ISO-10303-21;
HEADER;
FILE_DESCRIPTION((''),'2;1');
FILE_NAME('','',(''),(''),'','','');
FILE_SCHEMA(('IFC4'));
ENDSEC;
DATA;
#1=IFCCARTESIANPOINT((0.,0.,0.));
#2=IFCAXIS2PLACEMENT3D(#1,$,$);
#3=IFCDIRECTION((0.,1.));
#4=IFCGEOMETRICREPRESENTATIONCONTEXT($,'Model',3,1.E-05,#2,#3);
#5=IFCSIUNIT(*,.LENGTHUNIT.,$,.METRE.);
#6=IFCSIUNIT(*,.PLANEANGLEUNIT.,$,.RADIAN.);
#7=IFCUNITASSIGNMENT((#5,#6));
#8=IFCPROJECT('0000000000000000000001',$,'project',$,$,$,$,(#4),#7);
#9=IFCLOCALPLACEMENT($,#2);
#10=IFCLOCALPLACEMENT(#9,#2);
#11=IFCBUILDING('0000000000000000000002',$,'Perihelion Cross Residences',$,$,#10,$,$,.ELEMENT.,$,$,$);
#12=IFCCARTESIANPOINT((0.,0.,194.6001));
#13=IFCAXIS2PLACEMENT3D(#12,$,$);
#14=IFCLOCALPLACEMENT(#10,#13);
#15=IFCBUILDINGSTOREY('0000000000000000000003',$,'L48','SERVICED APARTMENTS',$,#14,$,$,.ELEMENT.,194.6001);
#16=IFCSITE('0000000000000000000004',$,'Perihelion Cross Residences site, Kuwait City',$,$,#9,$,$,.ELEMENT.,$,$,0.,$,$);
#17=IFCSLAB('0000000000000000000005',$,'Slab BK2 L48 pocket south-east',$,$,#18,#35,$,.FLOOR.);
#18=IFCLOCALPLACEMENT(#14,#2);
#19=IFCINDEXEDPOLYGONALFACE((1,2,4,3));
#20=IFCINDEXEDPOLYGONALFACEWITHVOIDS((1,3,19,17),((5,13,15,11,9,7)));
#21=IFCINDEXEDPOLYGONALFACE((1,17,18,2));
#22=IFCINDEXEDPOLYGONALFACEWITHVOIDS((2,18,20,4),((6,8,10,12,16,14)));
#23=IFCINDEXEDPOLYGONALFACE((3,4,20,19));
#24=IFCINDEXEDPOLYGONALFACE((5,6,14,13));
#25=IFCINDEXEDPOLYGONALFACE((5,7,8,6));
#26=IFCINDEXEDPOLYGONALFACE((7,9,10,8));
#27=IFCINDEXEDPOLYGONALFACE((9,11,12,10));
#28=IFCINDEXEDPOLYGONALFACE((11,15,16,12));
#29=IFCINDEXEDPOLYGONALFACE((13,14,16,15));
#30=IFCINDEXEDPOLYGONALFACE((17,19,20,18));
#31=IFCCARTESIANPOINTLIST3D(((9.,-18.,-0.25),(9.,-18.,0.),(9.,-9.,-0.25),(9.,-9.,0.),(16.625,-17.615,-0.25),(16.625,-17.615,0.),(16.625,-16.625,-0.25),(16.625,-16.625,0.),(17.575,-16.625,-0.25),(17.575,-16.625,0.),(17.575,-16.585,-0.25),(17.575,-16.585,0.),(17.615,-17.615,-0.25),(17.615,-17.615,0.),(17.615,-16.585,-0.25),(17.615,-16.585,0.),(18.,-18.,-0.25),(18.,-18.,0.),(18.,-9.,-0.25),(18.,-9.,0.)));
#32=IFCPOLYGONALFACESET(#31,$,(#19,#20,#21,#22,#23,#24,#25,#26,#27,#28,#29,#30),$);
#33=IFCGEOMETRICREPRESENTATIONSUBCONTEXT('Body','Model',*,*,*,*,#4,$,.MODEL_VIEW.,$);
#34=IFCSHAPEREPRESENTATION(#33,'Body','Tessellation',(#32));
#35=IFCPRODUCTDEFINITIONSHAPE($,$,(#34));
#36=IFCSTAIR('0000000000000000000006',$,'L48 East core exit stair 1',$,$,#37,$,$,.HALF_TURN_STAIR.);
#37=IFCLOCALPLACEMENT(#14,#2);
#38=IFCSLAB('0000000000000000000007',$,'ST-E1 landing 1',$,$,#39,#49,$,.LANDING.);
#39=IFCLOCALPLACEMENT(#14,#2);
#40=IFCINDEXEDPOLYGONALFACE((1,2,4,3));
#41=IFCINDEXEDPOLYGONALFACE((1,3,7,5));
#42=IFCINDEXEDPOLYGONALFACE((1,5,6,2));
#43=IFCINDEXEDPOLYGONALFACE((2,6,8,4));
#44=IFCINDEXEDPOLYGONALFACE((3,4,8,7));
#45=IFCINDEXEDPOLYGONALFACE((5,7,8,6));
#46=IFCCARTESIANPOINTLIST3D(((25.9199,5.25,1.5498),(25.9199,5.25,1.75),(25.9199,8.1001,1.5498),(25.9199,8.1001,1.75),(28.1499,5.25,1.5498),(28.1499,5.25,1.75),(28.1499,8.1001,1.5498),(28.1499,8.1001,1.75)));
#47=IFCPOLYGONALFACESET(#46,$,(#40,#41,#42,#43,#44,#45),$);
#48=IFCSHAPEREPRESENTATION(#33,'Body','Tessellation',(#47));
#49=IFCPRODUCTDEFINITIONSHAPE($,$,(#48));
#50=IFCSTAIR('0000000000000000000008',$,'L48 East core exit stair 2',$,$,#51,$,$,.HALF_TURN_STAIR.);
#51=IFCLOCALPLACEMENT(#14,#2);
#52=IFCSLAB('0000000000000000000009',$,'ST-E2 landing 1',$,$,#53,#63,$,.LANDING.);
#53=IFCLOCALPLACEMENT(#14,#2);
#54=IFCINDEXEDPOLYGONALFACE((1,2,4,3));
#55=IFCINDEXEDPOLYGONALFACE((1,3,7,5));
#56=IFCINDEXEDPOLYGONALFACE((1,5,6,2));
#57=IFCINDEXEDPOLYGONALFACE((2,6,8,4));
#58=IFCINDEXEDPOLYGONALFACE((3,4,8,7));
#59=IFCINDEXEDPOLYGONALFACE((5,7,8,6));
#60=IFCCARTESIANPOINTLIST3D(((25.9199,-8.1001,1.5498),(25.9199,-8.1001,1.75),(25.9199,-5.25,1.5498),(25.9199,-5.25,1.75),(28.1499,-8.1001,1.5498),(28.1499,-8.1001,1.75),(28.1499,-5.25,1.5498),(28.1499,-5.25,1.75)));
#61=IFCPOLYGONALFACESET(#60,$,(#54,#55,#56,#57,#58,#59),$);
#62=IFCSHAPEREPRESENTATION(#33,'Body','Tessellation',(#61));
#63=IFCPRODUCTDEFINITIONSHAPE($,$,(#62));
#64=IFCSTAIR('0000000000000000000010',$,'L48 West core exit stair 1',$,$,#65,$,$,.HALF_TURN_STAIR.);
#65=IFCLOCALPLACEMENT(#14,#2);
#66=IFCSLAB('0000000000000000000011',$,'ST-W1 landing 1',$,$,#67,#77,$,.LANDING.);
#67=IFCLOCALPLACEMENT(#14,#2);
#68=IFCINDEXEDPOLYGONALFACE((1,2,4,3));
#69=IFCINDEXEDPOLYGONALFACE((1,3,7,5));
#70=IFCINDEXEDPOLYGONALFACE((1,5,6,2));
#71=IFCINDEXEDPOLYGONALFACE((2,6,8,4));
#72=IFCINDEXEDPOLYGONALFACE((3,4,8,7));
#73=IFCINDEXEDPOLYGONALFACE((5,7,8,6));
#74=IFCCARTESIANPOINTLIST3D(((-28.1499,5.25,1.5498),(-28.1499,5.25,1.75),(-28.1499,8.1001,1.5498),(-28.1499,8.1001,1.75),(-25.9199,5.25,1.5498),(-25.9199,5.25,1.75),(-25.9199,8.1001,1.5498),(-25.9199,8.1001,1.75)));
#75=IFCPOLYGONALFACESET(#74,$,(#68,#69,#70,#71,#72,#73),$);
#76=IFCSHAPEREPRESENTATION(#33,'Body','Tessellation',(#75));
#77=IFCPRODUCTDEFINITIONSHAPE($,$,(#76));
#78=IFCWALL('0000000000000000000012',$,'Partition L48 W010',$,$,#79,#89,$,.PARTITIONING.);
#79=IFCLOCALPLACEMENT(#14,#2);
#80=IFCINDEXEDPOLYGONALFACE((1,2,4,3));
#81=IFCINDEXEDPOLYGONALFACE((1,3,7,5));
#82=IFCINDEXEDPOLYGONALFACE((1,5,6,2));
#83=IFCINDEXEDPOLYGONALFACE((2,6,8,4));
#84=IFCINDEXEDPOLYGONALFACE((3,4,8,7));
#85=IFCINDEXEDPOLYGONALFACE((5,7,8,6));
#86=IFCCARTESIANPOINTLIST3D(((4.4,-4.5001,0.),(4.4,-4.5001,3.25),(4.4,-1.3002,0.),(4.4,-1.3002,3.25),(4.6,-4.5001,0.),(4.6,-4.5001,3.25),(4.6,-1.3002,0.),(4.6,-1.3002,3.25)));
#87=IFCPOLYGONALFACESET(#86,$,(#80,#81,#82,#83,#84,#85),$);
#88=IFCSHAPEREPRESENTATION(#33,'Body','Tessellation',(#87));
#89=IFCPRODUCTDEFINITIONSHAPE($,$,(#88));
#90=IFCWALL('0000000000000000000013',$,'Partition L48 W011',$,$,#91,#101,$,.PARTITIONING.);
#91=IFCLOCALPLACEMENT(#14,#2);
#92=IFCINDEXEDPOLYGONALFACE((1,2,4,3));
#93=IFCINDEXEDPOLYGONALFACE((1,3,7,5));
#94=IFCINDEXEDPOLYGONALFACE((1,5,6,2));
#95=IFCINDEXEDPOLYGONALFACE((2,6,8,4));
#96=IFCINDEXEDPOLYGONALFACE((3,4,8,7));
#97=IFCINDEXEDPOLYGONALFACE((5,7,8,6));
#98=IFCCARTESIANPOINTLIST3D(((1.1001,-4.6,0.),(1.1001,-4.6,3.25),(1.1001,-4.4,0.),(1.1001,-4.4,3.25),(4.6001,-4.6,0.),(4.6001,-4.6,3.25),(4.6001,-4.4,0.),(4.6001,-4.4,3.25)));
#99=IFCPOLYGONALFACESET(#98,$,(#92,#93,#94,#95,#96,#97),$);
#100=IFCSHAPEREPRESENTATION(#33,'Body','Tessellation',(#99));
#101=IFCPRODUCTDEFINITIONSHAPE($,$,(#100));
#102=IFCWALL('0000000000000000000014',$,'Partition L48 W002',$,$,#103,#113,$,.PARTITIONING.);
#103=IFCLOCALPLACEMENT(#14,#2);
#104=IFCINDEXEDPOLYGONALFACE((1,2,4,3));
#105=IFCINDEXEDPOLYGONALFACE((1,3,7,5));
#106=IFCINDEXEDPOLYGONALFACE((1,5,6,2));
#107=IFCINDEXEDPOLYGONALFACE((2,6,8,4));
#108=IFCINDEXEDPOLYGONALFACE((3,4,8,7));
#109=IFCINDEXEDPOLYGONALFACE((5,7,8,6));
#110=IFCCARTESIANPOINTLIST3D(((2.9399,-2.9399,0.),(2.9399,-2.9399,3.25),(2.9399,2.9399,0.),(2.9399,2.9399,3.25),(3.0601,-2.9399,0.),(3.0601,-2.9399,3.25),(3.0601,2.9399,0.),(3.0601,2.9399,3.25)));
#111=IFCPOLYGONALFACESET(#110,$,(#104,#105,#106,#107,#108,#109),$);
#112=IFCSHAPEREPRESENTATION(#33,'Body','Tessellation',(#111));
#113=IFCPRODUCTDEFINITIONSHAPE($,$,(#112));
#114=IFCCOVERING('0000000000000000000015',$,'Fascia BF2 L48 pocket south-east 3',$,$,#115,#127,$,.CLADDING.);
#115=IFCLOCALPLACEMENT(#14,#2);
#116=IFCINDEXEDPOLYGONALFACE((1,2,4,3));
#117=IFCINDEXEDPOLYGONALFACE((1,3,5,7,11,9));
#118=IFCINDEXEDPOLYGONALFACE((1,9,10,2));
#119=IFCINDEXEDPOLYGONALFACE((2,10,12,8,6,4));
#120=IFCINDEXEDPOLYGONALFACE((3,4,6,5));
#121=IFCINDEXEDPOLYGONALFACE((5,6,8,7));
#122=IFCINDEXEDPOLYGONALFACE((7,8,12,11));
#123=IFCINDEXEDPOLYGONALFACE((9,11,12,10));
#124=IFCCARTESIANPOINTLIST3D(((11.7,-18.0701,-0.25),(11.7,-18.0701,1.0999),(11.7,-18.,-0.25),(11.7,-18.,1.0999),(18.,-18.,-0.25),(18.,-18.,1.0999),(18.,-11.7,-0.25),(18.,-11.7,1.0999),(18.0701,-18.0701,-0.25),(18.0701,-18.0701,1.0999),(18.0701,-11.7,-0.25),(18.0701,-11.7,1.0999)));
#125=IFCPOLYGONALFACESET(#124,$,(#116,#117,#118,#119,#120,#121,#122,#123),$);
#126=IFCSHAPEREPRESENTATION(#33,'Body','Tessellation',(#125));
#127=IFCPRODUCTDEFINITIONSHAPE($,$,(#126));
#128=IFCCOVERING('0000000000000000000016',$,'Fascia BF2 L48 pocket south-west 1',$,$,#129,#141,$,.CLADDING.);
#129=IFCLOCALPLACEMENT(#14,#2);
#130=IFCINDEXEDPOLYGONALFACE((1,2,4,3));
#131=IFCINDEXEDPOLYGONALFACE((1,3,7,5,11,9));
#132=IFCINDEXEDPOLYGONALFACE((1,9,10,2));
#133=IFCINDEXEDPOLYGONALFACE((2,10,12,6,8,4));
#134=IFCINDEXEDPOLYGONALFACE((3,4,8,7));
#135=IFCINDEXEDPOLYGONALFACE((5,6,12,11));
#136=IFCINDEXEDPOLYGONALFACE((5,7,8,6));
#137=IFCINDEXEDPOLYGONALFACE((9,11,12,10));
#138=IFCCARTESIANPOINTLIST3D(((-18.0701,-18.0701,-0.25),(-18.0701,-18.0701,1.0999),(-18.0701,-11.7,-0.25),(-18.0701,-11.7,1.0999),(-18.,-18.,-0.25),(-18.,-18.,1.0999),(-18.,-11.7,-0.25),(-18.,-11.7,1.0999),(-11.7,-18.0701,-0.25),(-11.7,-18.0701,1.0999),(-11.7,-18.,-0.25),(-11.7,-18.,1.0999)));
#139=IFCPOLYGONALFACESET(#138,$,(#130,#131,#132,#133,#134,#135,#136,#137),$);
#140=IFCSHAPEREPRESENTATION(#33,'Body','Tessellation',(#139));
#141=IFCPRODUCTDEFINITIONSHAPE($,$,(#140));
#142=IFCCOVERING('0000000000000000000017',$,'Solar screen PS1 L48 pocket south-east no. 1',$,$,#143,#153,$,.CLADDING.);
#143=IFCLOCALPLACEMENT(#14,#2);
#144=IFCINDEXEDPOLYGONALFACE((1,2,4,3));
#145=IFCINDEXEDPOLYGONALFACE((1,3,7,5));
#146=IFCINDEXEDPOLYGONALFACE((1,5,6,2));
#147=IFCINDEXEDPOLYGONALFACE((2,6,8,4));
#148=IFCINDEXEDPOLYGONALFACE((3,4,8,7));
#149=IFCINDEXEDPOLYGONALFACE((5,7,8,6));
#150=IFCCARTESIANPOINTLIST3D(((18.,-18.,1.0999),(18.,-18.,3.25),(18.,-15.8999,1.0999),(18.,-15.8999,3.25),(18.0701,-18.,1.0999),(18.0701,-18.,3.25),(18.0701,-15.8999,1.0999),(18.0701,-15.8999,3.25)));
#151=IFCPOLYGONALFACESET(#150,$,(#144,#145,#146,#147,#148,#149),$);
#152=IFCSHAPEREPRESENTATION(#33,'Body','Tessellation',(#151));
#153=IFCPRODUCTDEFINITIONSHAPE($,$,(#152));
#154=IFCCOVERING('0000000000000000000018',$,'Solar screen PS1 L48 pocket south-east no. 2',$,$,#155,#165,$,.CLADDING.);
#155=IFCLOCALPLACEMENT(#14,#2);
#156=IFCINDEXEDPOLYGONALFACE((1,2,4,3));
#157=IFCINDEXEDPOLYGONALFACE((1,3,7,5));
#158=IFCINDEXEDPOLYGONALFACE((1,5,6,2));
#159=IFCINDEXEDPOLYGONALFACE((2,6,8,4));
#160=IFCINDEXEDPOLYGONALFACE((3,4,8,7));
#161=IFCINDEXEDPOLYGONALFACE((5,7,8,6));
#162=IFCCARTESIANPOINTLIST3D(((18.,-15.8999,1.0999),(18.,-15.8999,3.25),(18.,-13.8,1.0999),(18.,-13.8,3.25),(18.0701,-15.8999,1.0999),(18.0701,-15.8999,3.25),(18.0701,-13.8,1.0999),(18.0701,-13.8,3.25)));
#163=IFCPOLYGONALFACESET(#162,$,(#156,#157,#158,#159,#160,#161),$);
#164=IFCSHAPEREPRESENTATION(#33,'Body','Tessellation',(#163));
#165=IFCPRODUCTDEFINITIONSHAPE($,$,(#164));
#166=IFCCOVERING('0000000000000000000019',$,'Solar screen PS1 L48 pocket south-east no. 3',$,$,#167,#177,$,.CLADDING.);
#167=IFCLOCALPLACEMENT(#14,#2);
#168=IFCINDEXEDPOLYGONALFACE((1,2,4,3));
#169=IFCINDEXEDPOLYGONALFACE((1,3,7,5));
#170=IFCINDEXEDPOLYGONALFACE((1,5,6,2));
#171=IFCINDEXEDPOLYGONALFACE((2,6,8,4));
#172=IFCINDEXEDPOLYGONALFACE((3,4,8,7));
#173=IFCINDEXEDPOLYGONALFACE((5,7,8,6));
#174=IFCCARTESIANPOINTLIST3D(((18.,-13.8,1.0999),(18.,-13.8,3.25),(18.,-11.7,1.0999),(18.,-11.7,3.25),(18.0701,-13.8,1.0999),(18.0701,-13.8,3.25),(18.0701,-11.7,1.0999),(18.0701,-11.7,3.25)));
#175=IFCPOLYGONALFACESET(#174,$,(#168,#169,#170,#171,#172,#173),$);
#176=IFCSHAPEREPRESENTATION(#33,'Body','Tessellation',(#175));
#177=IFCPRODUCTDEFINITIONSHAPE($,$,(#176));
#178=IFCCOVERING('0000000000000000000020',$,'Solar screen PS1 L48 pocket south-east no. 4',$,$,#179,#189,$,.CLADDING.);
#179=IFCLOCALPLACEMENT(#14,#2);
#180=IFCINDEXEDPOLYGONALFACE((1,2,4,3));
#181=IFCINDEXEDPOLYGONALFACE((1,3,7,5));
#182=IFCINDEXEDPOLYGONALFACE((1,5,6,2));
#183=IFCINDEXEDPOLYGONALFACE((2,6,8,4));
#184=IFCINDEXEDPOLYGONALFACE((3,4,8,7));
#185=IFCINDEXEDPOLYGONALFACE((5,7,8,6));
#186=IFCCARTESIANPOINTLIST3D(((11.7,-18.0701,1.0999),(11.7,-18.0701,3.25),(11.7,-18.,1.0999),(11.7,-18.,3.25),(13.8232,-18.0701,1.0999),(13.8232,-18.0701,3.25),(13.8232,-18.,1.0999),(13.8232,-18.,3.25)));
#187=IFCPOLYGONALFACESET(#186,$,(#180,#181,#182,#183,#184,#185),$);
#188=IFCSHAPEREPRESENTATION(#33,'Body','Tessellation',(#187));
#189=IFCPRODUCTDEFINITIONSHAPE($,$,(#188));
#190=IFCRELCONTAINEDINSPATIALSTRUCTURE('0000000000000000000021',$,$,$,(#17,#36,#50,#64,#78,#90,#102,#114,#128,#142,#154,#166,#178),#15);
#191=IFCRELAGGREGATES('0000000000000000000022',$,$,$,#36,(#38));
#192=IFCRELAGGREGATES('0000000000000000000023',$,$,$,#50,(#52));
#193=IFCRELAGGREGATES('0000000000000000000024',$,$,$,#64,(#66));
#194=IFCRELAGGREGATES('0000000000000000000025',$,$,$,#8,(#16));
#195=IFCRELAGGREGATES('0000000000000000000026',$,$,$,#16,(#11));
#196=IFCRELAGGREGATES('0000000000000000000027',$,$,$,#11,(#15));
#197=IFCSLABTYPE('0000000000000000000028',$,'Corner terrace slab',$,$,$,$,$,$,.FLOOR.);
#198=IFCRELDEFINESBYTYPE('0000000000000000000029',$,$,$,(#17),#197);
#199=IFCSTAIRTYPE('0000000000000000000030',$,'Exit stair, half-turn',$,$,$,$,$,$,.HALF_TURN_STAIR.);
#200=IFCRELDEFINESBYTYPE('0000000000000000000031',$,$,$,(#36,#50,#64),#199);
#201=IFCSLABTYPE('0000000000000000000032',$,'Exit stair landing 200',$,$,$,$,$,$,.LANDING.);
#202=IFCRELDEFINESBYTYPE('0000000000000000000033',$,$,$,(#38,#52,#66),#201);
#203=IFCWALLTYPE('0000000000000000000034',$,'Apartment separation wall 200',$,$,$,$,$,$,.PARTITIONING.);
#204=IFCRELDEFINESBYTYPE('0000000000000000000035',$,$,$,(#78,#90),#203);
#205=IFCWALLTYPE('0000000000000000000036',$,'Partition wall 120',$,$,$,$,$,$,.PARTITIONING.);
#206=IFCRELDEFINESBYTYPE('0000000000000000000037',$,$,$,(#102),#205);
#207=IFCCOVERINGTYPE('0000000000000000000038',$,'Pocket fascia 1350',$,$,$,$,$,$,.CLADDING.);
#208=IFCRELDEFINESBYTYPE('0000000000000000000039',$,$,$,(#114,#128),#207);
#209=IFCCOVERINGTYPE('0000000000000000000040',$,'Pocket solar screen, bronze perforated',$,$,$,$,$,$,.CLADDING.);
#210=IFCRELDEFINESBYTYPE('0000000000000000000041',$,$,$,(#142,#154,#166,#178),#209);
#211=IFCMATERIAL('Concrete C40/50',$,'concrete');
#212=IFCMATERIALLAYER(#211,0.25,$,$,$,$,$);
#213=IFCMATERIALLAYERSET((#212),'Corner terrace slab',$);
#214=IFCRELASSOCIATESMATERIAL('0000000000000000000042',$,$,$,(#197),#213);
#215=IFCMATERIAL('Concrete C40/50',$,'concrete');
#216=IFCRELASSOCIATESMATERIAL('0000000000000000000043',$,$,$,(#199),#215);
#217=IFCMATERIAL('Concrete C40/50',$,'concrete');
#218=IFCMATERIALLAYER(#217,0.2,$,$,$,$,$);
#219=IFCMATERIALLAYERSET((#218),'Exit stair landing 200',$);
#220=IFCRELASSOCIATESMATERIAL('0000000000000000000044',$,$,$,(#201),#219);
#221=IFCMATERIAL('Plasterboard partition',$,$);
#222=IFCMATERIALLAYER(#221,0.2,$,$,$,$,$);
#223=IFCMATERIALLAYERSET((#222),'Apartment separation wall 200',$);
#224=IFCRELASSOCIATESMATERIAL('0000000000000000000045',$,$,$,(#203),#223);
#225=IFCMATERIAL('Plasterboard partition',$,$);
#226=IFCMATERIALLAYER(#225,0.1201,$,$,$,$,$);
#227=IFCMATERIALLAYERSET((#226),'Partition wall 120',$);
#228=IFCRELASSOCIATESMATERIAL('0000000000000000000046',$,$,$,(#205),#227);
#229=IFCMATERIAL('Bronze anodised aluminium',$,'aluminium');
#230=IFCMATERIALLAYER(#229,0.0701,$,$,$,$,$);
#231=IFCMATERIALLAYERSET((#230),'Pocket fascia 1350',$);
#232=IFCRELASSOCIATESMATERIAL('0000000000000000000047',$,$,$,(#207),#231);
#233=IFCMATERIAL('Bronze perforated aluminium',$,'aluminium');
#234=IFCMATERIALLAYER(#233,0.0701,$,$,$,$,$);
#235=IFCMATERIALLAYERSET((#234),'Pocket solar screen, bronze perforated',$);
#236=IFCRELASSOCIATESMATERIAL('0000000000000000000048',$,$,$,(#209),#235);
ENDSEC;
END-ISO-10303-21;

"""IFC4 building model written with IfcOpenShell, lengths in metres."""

from ifc_helpers import new_model, si_unit, direction, frame, frame_2d, origin, place, context, subcontext, project, spatial, polyline, rectangle, outline, extrude, material, layer, layer_set, type_object, element, aggregate, save


model = new_model("IFC4")

# Units and contexts
model_context = context("Model", 3, precision=1e-05, world=origin(), true_north=direction((0.0, 1.0)))
body_context = subcontext(model_context, "Body", "Model", "MODEL_VIEW")
ifc_project = project(units=[si_unit("LENGTHUNIT", "METRE"), si_unit("PLANEANGLEUNIT", "RADIAN")], contexts=[model_context])

# Site, building, storey
site_placement = place(None, origin())
site = spatial("IfcSite", under=ifc_project, at=site_placement, Name="Perihelion Cross Residences site, Kuwait City", CompositionType="ELEMENT", RefElevation=0.0)
building_placement = place(site_placement, origin())
building = spatial("IfcBuilding", under=site, at=building_placement, Name="Perihelion Cross Residences", CompositionType="ELEMENT")
storey_placement = place(building_placement, frame((0.0, 0.0, 194.6001)))
storey = spatial("IfcBuildingStorey", under=building, at=storey_placement, Name="L48", Description="SERVICED APARTMENTS", CompositionType="ELEMENT", Elevation=194.6001)

# Slab
ifc_material_1 = material(Name="Concrete C40/50", Category="concrete")
ifc_layer_1 = layer(ifc_material_1, 0.25)
ifc_layer_set_1 = layer_set([ifc_layer_1], Name="Corner terrace slab")
slab_type_1 = type_object("IfcSlabType", Name="Corner terrace slab", PredefinedType="FLOOR", material=ifc_layer_set_1)
slab_1_placement = place(storey_placement, frame((0.0, 0.0, -0.25)))
element("IfcSlab", 1, at=slab_1_placement, inside=storey, type_object=slab_type_1, Name="Slab BK2 L48 pocket south-east", PredefinedType="FLOOR", context=body_context, shape_type="SweptSolid", body=[
    extrude(outline(polyline([(18.0, -18.0), (18.0, -9.0), (9.0, -9.0), (9.0, -18.0), (18.0, -18.0)]), holes=[polyline([(16.625, -17.615), (16.625, -16.625), (17.575, -16.625), (17.575, -16.585), (17.615, -16.585), (17.615, -17.615), (16.625, -17.615)])]), origin(), (0.0, 0.0, 1.0), 0.25),
])

# Stairs, slabs
ifc_material_2 = material(Name="Concrete C40/50", Category="concrete")
stair_type = type_object("IfcStairType", Name="Exit stair, half-turn", PredefinedType="HALF_TURN_STAIR", material=ifc_material_2)
stair_1_placement = place(storey_placement, origin())
stair_1 = element("IfcStair", 2, at=stair_1_placement, inside=storey, type_object=stair_type, Name="L48 East core exit stair 1", PredefinedType="HALF_TURN_STAIR")
ifc_material_3 = material(Name="Concrete C40/50", Category="concrete")
ifc_layer_2 = layer(ifc_material_3, 0.2)
ifc_layer_set_2 = layer_set([ifc_layer_2], Name="Exit stair landing 200")
slab_type_2 = type_object("IfcSlabType", Name="Exit stair landing 200", PredefinedType="LANDING", material=ifc_layer_set_2)
slab_2_placement = place(storey_placement, frame((0.0, 0.0, 1.5498)))
slab_2 = element("IfcSlab", 3, at=slab_2_placement, type_object=slab_type_2, Name="ST-E1 landing 1", PredefinedType="LANDING", context=body_context, shape_type="SweptSolid", body=[
    extrude(outline(polyline([(25.9199, 5.25), (28.1499, 5.25), (28.1499, 8.1001), (25.9199, 8.1001), (25.9199, 5.25)])), origin(), (0.0, 0.0, 1.0), 0.2002),
])
aggregate(stair_1, [slab_2])
stair_2_placement = place(storey_placement, origin())
stair_2 = element("IfcStair", 4, at=stair_2_placement, inside=storey, type_object=stair_type, Name="L48 East core exit stair 2", PredefinedType="HALF_TURN_STAIR")
slab_3_placement = place(storey_placement, frame((0.0, 0.0, 1.5498)))
slab_3 = element("IfcSlab", 5, at=slab_3_placement, type_object=slab_type_2, Name="ST-E2 landing 1", PredefinedType="LANDING", context=body_context, shape_type="SweptSolid", body=[
    extrude(outline(polyline([(25.9199, -8.1001), (28.1499, -8.1001), (28.1499, -5.25), (25.9199, -5.25), (25.9199, -8.1001)])), origin(), (0.0, 0.0, 1.0), 0.2002),
])
aggregate(stair_2, [slab_3])
stair_3_placement = place(storey_placement, origin())
stair_3 = element("IfcStair", 6, at=stair_3_placement, inside=storey, type_object=stair_type, Name="L48 West core exit stair 1", PredefinedType="HALF_TURN_STAIR")
slab_4_placement = place(storey_placement, frame((0.0, 0.0, 1.5498)))
slab_4 = element("IfcSlab", 7, at=slab_4_placement, type_object=slab_type_2, Name="ST-W1 landing 1", PredefinedType="LANDING", context=body_context, shape_type="SweptSolid", body=[
    extrude(outline(polyline([(-25.9199, 8.1001), (-28.1499, 8.1001), (-28.1499, 5.25), (-25.9199, 5.25), (-25.9199, 8.1001)])), origin(), (0.0, 0.0, 1.0), 0.2002),
])
aggregate(stair_3, [slab_4])

# Walls
ifc_material_4 = material(Name="Plasterboard partition")
ifc_layer_3 = layer(ifc_material_4, 0.2)
ifc_layer_set_3 = layer_set([ifc_layer_3], Name="Apartment separation wall 200")
wall_type_1 = type_object("IfcWallType", Name="Apartment separation wall 200", PredefinedType="PARTITIONING", material=ifc_layer_set_3)
wall_1_placement = place(storey_placement, frame((4.5, -1.3, 0.0), z_axis=(0.0, 0.0, 1.0), x_axis=(0.0, -1.0, 0.0)))
element("IfcWall", 8, at=wall_1_placement, inside=storey, type_object=wall_type_1, Name="Partition L48 W010", PredefinedType="PARTITIONING", context=body_context, shape_type="SweptSolid", body=[
    extrude(rectangle(XDim=3.2, YDim=0.2, at=frame_2d((1.6001, 0.0))), origin(), (0.0, 0.0, 1.0), 3.25),
])
wall_2_placement = place(storey_placement, frame((4.6001, -4.5, 0.0), z_axis=(0.0, 0.0, 1.0), x_axis=(-1.0, 0.0, 0.0)))
element("IfcWall", 9, at=wall_2_placement, inside=storey, type_object=wall_type_1, Name="Partition L48 W011", PredefinedType="PARTITIONING", context=body_context, shape_type="SweptSolid", body=[
    extrude(rectangle(XDim=3.5, YDim=0.2, at=frame_2d((1.75, 0.0))), origin(), (0.0, 0.0, 1.0), 3.25),
])
ifc_material_5 = material(Name="Plasterboard partition")
ifc_layer_4 = layer(ifc_material_5, 0.1201)
ifc_layer_set_4 = layer_set([ifc_layer_4], Name="Partition wall 120")
wall_type_2 = type_object("IfcWallType", Name="Partition wall 120", PredefinedType="PARTITIONING", material=ifc_layer_set_4)
wall_3_placement = place(storey_placement, frame((3.0, -2.9399, 0.0), z_axis=(0.0, 0.0, 1.0), x_axis=(0.0, 1.0, 0.0)))
element("IfcWall", 10, at=wall_3_placement, inside=storey, type_object=wall_type_2, Name="Partition L48 W002", PredefinedType="PARTITIONING", context=body_context, shape_type="SweptSolid", body=[
    extrude(rectangle(XDim=5.8799, YDim=0.1201, at=frame_2d((2.9399, 0.0))), origin(), (0.0, 0.0, 1.0), 3.25),
])

# Coverings
ifc_material_6 = material(Name="Bronze anodised aluminium", Category="aluminium")
ifc_layer_5 = layer(ifc_material_6, 0.0701)
ifc_layer_set_5 = layer_set([ifc_layer_5], Name="Pocket fascia 1350")
covering_type_1 = type_object("IfcCoveringType", Name="Pocket fascia 1350", PredefinedType="CLADDING", material=ifc_layer_set_5)
covering_1_placement = place(storey_placement, frame((0.0, 0.0, -0.25)))
element("IfcCovering", 11, at=covering_1_placement, inside=storey, type_object=covering_type_1, Name="Fascia BF2 L48 pocket south-east 3", PredefinedType="CLADDING", context=body_context, shape_type="SweptSolid", body=[
    extrude(outline(polyline([(18.0701, -18.0701), (18.0701, -11.7), (18.0, -11.7), (18.0, -18.0), (11.7, -18.0), (11.7, -18.0701), (18.0701, -18.0701)])), origin(), (0.0, 0.0, 1.0), 1.3499),
])
covering_2_placement = place(storey_placement, frame((0.0, 0.0, -0.25)))
element("IfcCovering", 12, at=covering_2_placement, inside=storey, type_object=covering_type_1, Name="Fascia BF2 L48 pocket south-west 1", PredefinedType="CLADDING", context=body_context, shape_type="SweptSolid", body=[
    extrude(outline(polyline([(-18.0701, -11.7), (-18.0701, -18.0701), (-11.7, -18.0701), (-11.7, -18.0), (-18.0, -18.0), (-18.0, -11.7), (-18.0701, -11.7)])), origin(), (0.0, 0.0, 1.0), 1.3499),
])
ifc_material_7 = material(Name="Bronze perforated aluminium", Category="aluminium")
ifc_layer_6 = layer(ifc_material_7, 0.0701)
ifc_layer_set_6 = layer_set([ifc_layer_6], Name="Pocket solar screen, bronze perforated")
covering_type_2 = type_object("IfcCoveringType", Name="Pocket solar screen, bronze perforated", PredefinedType="CLADDING", material=ifc_layer_set_6)
covering_3_placement = place(storey_placement, frame((0.0, 0.0, 1.0999)))
element("IfcCovering", 13, at=covering_3_placement, inside=storey, type_object=covering_type_2, Name="Solar screen PS1 L48 pocket south-east no. 1", PredefinedType="CLADDING", context=body_context, shape_type="SweptSolid", body=[
    extrude(outline(polyline([(18.0701, -18.0), (18.0701, -15.8999), (18.0, -15.8999), (18.0, -18.0), (18.0701, -18.0)])), origin(), (0.0, 0.0, 1.0), 2.1501),
])
covering_4_placement = place(storey_placement, frame((0.0, 0.0, 1.0999)))
element("IfcCovering", 14, at=covering_4_placement, inside=storey, type_object=covering_type_2, Name="Solar screen PS1 L48 pocket south-east no. 2", PredefinedType="CLADDING", context=body_context, shape_type="SweptSolid", body=[
    extrude(outline(polyline([(18.0701, -15.8999), (18.0701, -13.8), (18.0, -13.8), (18.0, -15.8999), (18.0701, -15.8999)])), origin(), (0.0, 0.0, 1.0), 2.1501),
])
covering_5_placement = place(storey_placement, frame((0.0, 0.0, 1.0999)))
element("IfcCovering", 15, at=covering_5_placement, inside=storey, type_object=covering_type_2, Name="Solar screen PS1 L48 pocket south-east no. 3", PredefinedType="CLADDING", context=body_context, shape_type="SweptSolid", body=[
    extrude(outline(polyline([(18.0701, -13.8), (18.0701, -11.7), (18.0, -11.7), (18.0, -13.8), (18.0701, -13.8)])), origin(), (0.0, 0.0, 1.0), 2.1501),
])
covering_6_placement = place(storey_placement, frame((0.0, 0.0, 1.0999)))
element("IfcCovering", 16, at=covering_6_placement, inside=storey, type_object=covering_type_2, Name="Solar screen PS1 L48 pocket south-east no. 4", PredefinedType="CLADDING", context=body_context, shape_type="SweptSolid", body=[
    extrude(outline(polyline([(13.8232, -18.0701), (13.8232, -18.0), (11.7, -18.0), (11.7, -18.0701), (13.8232, -18.0701)])), origin(), (0.0, 0.0, 1.0), 2.1501),
])

save(model, "model.ifc")
